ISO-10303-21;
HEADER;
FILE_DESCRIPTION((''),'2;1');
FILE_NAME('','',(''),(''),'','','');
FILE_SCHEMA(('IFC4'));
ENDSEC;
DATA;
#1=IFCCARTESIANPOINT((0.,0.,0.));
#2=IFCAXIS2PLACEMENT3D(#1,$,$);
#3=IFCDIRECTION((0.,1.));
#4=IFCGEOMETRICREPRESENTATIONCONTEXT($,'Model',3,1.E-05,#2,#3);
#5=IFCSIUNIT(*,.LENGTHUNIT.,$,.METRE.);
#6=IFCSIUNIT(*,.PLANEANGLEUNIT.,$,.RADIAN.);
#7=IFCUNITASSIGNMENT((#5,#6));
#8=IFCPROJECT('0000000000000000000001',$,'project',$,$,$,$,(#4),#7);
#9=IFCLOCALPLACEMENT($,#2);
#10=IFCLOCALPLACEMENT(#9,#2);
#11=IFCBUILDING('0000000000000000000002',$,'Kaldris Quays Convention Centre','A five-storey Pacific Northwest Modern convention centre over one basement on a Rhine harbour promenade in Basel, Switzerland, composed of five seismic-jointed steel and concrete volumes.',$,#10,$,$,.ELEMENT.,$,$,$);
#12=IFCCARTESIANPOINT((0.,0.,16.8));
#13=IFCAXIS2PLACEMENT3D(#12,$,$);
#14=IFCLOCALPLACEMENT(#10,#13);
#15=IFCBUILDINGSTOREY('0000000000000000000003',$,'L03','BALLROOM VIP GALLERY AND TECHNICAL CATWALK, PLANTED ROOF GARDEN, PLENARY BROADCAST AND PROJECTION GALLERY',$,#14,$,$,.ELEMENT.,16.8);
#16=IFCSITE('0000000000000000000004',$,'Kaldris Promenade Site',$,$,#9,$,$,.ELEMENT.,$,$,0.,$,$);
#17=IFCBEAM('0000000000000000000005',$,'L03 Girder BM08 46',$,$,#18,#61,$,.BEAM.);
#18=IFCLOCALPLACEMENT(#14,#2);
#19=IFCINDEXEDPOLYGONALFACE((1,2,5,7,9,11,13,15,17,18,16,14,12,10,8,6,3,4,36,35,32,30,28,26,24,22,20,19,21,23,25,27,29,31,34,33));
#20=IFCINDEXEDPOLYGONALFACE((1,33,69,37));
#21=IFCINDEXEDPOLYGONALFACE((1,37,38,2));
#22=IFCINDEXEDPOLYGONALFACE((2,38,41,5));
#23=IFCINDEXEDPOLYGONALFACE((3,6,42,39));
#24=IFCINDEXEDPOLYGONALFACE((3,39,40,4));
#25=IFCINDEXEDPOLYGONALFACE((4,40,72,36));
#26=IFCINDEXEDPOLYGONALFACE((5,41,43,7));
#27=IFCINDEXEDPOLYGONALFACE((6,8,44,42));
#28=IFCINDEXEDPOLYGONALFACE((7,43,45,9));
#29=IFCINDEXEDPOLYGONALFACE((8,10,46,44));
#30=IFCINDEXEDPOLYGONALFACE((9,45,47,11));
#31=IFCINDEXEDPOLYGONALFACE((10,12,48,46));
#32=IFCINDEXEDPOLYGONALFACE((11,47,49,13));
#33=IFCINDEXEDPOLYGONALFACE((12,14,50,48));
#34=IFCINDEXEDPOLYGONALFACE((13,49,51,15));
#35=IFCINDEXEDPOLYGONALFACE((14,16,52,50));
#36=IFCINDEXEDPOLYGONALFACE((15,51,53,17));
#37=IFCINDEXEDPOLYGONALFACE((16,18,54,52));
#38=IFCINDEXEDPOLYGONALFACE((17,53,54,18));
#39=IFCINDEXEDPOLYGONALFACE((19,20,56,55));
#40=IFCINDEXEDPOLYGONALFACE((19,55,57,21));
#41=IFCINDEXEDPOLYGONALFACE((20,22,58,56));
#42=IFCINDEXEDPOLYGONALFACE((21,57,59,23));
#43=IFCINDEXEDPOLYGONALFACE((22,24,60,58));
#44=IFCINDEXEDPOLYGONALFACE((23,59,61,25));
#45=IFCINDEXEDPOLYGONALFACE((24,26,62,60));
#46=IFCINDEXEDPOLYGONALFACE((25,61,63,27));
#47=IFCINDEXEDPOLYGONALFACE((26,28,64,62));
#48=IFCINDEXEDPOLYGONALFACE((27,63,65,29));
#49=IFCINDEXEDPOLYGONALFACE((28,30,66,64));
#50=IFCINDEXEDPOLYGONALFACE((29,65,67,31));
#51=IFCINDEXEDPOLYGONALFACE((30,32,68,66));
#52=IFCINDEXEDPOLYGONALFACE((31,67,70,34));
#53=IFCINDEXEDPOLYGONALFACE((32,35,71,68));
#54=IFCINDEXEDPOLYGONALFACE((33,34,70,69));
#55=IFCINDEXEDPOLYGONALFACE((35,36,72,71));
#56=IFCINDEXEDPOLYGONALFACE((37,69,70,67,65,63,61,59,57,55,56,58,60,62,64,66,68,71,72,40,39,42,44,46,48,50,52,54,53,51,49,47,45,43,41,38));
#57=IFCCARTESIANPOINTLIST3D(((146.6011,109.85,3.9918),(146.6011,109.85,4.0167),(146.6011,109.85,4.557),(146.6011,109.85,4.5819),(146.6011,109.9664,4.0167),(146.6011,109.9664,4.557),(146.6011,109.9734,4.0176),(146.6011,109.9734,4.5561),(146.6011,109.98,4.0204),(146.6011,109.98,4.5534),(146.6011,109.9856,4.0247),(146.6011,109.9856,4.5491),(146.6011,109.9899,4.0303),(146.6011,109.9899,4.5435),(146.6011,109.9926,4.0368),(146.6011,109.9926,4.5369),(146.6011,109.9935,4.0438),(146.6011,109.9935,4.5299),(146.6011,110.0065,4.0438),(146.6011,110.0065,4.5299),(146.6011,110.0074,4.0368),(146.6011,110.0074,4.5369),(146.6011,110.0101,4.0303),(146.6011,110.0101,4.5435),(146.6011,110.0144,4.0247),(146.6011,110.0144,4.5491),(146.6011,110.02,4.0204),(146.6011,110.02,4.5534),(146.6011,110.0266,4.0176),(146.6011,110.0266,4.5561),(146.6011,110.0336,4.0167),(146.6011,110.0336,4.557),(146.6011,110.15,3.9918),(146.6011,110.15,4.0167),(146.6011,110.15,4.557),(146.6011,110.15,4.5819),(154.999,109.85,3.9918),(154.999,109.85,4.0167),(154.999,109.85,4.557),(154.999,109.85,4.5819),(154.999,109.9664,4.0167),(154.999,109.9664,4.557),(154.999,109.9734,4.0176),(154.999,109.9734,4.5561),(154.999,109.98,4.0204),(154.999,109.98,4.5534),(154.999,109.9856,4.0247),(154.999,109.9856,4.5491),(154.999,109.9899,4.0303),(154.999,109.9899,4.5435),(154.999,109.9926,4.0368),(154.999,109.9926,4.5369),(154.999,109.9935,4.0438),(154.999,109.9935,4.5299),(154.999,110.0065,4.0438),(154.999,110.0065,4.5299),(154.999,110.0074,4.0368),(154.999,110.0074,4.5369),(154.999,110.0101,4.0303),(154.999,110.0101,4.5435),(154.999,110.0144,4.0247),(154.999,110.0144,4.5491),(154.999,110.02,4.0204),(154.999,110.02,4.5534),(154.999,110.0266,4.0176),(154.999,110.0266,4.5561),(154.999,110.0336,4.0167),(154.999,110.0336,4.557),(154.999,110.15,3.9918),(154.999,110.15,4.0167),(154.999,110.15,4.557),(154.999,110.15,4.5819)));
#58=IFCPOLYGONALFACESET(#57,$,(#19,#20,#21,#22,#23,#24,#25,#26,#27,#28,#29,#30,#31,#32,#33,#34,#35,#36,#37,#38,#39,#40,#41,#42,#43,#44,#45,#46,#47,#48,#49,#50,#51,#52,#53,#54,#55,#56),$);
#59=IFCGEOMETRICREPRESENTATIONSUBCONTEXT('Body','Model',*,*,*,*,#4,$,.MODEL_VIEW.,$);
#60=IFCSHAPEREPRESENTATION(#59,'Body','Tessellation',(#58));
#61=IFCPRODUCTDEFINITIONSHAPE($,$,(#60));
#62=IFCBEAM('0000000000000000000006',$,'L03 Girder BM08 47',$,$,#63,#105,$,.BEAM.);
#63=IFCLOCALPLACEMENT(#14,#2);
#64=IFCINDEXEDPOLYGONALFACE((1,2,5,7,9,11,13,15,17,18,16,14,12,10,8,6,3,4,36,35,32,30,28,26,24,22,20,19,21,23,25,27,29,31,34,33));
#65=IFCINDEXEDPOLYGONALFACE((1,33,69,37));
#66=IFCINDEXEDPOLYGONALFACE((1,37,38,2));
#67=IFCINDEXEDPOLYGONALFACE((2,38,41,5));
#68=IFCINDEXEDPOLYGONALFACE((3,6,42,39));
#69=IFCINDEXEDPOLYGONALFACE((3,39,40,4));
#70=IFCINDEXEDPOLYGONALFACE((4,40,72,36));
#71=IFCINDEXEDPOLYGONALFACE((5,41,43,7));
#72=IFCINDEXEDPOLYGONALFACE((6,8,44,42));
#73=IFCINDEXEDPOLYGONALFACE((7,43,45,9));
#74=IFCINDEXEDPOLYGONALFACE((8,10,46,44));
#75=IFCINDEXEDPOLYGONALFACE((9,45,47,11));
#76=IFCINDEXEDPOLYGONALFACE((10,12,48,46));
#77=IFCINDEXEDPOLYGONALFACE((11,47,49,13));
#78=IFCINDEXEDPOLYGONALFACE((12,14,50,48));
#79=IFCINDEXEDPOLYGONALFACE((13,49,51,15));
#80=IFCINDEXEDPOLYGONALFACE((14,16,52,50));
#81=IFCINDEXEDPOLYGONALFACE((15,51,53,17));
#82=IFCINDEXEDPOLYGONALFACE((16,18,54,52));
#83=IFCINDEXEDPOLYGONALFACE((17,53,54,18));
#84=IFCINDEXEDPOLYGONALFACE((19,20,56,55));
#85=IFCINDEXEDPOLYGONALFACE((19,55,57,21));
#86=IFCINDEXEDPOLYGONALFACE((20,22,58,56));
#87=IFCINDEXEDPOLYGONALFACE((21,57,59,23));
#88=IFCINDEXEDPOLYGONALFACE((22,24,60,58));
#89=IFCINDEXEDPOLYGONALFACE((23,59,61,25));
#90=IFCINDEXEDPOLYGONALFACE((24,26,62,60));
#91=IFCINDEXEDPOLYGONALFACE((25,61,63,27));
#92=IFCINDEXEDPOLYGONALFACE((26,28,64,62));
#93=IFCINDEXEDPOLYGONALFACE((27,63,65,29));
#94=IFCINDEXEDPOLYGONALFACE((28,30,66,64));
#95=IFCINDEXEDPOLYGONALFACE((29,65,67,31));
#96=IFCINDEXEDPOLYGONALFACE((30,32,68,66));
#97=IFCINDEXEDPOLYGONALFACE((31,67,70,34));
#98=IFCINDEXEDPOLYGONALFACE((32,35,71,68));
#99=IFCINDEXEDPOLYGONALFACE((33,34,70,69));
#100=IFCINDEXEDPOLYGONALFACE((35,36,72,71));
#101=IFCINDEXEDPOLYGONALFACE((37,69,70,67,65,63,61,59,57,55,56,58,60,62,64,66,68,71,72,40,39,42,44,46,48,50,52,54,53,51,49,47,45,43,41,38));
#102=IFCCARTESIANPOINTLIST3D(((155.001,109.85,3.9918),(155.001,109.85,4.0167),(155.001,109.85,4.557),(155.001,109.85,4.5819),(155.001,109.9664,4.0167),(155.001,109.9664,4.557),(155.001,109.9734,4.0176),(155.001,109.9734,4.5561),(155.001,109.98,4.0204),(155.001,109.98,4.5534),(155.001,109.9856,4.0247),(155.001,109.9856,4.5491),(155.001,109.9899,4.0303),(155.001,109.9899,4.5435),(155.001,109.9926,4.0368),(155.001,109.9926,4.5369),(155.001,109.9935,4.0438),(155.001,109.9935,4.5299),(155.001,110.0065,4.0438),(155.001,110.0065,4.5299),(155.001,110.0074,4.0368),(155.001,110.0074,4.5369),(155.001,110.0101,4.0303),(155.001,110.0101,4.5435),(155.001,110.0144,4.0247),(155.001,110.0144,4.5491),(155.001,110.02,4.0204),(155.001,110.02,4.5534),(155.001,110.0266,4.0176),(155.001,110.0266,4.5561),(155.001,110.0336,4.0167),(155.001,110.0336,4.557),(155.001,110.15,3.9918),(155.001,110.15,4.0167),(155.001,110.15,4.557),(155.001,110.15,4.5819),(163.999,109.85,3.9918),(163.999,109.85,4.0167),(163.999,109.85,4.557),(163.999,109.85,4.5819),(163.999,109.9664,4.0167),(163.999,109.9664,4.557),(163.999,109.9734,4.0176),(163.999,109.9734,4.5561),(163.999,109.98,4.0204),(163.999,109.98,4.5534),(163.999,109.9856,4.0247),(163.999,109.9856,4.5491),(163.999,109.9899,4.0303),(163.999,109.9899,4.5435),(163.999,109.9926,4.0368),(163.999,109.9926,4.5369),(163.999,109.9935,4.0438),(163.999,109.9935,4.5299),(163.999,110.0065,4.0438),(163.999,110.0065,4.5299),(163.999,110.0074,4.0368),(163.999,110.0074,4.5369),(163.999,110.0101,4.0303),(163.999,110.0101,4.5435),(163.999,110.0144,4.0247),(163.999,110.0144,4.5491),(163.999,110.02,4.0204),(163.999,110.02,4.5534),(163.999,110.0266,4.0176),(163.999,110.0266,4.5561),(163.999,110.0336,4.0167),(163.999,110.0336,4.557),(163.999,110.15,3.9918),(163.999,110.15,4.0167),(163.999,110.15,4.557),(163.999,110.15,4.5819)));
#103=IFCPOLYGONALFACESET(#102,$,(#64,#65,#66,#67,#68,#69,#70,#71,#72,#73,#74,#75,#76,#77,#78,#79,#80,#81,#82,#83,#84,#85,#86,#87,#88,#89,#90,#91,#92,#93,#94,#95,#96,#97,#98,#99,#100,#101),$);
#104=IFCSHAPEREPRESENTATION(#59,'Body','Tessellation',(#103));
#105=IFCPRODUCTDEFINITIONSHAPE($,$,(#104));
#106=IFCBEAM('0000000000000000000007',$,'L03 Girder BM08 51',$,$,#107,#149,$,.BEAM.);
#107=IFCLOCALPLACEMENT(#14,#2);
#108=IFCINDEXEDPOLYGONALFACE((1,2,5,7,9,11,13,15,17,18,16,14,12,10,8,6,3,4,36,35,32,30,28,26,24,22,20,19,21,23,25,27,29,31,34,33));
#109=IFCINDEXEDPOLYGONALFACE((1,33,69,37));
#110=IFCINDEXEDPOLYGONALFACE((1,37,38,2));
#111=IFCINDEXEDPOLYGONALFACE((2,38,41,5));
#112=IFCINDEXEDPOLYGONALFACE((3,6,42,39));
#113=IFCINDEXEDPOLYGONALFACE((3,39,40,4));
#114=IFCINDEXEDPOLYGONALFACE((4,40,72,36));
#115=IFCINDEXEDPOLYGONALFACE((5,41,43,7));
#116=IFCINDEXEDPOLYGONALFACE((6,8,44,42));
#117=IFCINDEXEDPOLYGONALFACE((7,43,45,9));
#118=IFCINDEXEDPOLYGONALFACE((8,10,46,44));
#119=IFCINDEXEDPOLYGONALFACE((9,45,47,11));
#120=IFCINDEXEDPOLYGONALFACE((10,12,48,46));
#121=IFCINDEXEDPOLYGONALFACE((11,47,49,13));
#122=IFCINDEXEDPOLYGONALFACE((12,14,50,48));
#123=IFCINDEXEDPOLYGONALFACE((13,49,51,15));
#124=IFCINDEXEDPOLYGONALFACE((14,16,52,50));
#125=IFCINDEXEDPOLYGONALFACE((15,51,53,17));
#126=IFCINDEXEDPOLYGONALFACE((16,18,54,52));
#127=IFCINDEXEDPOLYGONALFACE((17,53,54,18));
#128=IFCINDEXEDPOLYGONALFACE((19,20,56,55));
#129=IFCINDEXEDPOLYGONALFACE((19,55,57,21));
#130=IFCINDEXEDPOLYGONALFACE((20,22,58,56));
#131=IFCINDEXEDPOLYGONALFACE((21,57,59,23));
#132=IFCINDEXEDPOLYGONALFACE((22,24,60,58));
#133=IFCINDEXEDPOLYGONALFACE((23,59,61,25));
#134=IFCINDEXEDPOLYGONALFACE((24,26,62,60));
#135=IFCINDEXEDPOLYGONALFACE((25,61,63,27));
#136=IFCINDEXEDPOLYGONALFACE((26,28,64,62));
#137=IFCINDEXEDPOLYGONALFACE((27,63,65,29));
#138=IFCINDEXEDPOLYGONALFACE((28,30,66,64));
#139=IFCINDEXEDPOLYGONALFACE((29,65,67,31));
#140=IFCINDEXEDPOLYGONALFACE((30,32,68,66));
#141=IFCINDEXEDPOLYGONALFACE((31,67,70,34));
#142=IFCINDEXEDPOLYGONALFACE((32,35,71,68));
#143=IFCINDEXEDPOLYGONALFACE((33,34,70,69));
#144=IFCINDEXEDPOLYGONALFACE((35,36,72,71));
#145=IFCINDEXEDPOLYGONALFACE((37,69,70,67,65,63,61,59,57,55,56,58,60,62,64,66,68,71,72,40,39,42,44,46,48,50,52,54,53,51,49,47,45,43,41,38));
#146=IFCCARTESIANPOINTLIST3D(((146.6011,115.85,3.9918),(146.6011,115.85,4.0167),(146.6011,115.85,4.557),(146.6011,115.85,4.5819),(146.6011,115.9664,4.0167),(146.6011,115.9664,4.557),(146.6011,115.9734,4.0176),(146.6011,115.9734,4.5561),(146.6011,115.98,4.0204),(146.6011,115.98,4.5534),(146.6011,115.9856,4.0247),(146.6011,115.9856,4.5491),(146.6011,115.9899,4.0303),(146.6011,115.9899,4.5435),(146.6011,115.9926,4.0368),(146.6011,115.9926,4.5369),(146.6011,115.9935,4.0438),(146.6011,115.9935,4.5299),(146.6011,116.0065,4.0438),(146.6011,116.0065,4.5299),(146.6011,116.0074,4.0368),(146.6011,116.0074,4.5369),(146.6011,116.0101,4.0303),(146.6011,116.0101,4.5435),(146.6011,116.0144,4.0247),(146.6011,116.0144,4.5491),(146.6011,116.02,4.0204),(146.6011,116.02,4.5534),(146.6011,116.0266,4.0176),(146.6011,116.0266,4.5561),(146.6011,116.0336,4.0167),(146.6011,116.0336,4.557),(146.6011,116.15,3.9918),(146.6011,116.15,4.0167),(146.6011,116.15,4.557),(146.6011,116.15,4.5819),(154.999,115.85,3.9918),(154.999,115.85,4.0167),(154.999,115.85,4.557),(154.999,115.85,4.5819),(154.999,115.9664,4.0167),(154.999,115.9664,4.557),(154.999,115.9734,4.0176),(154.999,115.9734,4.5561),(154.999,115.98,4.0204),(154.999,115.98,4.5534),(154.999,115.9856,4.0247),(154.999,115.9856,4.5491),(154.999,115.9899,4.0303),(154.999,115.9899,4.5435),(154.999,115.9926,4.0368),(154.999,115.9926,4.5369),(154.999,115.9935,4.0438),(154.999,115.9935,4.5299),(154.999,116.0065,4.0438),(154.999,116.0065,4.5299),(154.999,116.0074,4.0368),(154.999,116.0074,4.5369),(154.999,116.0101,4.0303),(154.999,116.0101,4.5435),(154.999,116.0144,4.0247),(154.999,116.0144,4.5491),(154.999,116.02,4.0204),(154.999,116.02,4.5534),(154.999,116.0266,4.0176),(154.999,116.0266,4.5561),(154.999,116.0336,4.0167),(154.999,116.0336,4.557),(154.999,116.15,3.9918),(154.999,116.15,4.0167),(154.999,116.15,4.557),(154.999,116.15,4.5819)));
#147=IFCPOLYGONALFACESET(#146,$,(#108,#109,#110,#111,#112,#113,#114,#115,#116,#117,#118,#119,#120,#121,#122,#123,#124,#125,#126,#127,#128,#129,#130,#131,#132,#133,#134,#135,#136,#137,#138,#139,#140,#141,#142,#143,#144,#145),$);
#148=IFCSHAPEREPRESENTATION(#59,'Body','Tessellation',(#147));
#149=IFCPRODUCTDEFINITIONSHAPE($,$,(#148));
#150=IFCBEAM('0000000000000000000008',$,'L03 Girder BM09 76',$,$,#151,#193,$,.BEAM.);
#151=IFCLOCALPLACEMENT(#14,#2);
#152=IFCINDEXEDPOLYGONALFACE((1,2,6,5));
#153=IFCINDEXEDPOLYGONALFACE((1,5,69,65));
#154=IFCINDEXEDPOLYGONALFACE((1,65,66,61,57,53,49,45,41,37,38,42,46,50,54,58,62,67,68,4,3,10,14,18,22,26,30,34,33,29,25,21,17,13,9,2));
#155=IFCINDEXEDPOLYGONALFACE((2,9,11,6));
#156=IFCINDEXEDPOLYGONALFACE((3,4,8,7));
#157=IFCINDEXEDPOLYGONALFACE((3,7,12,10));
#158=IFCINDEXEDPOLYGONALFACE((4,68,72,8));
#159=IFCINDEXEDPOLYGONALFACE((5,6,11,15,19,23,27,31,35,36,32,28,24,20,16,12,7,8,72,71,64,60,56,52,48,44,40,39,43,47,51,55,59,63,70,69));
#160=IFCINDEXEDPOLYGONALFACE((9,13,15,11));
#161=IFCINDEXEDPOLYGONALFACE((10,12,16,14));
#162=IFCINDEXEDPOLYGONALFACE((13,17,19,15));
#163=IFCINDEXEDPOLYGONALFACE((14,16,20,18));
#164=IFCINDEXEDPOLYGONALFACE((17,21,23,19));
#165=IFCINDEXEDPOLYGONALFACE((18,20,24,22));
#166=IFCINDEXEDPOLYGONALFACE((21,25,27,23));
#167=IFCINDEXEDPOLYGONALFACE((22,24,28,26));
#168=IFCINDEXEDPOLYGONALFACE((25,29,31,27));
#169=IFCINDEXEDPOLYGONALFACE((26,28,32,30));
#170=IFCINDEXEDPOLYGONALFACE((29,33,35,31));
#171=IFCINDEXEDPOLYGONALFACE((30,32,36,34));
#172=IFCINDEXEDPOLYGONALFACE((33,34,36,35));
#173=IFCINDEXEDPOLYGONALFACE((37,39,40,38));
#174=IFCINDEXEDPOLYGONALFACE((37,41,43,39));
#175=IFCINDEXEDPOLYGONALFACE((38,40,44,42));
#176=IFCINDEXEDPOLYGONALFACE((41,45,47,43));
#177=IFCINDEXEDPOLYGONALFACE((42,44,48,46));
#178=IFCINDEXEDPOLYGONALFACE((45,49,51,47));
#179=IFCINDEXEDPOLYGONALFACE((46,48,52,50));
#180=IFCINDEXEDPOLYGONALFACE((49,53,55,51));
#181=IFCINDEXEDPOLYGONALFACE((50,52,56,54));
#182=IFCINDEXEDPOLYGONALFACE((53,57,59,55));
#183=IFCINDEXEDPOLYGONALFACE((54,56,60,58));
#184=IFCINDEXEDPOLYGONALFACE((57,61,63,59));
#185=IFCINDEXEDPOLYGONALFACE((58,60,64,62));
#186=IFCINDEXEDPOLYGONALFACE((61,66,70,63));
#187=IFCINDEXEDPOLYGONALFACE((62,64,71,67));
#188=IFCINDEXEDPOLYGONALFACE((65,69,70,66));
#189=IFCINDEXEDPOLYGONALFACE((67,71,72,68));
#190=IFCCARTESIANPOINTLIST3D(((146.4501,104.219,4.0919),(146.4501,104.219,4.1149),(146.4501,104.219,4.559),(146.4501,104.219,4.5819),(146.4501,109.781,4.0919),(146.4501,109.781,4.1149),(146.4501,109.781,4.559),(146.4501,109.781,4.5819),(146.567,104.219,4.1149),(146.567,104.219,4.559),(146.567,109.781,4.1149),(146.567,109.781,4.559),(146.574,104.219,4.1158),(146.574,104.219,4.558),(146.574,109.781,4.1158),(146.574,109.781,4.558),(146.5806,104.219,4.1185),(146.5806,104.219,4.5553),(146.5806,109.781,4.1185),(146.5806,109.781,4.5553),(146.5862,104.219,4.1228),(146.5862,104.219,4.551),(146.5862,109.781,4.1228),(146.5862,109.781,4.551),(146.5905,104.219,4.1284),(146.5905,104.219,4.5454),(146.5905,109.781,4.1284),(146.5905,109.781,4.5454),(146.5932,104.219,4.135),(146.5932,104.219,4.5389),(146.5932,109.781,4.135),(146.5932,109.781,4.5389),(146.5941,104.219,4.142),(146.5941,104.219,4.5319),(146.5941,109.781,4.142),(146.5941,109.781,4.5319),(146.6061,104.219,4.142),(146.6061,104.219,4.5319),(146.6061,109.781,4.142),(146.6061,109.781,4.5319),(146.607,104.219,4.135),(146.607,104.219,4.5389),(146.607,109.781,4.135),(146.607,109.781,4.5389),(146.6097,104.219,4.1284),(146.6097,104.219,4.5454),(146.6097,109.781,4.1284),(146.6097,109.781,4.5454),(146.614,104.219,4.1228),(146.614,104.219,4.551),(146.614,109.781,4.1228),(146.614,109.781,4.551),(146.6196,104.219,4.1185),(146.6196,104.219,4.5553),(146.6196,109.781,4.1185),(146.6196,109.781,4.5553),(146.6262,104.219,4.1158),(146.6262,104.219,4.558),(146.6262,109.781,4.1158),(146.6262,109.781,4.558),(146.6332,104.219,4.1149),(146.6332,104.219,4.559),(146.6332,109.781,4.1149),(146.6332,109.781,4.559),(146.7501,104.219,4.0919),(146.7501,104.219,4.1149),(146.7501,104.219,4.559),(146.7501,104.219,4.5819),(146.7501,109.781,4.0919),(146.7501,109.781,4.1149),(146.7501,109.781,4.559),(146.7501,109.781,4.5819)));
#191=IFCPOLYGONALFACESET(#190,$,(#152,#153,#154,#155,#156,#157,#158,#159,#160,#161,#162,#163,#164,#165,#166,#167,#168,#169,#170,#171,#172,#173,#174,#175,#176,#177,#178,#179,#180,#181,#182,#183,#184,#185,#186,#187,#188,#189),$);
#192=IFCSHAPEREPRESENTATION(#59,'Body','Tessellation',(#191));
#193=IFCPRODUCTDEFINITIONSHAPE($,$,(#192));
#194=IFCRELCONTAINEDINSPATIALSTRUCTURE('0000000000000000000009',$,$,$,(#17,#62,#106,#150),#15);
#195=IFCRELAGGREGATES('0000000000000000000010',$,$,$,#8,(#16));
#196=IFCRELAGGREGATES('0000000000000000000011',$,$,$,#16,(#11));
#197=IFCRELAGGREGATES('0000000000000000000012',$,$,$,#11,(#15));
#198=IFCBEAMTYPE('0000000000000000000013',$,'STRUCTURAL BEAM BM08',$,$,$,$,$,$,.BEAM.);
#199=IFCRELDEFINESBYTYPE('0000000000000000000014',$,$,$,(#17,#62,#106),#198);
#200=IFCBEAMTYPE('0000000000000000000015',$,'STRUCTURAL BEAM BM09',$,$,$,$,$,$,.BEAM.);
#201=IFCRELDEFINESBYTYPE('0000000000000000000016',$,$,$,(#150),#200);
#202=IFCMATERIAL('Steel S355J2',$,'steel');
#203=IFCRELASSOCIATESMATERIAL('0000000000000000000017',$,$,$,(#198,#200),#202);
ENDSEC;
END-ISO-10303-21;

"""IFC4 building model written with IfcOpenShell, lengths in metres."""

from ifc_helpers import new_model, si_unit, direction, frame, origin, origin_2d, place, context, subcontext, project, spatial, i_section, extrude, material, material_profile, profile_set, type_object, element, save


model = new_model("IFC4")

# Units and contexts
model_context = context("Model", 3, precision=1e-05, world=origin(), true_north=direction((0.0, 1.0)))
body_context = subcontext(model_context, "Body", "Model", "MODEL_VIEW")
ifc_project = project(units=[si_unit("LENGTHUNIT", "METRE"), si_unit("PLANEANGLEUNIT", "RADIAN")], contexts=[model_context])

# Site, building, storey
site_placement = place(None, origin())
site = spatial("IfcSite", under=ifc_project, at=site_placement, Name="Kaldris Promenade Site", CompositionType="ELEMENT", RefElevation=0.0)
building_placement = place(site_placement, origin())
building = spatial("IfcBuilding", under=site, at=building_placement, Name="Kaldris Quays Convention Centre", Description="A five-storey Pacific Northwest Modern convention centre over one basement on a Rhine harbour promenade in Basel, Switzerland, composed of five seismic-jointed steel and concrete volumes.", CompositionType="ELEMENT")
storey_placement = place(building_placement, frame((0.0, 0.0, 16.8)))
storey = spatial("IfcBuildingStorey", under=building, at=storey_placement, Name="L03", Description="BALLROOM VIP GALLERY AND TECHNICAL CATWALK, PLANTED ROOF GARDEN, PLENARY BROADCAST AND PROJECTION GALLERY", CompositionType="ELEMENT", Elevation=16.8)

# Shared definitions
ifc_material_1 = material(Name="Steel S355J2", Category="steel")

# Beams
ifc_material_profile_1 = material_profile(ifc_material_1, i_section(OverallWidth=0.3, OverallDepth=0.5901, WebThickness=0.0129, FlangeThickness=0.0249, FilletRadius=0.0271, at=origin_2d()), Name="HEA 600")
ifc_profile_set_1 = profile_set([ifc_material_profile_1], Name="Steel S355J2")
beam_type_1 = type_object("IfcBeamType", Name="STRUCTURAL BEAM BM08", PredefinedType="BEAM", material=ifc_profile_set_1)
beam_1_placement = place(storey_placement, frame((146.6011, 110.0, 4.2869), z_axis=(1.0, 0.0, 0.0), x_axis=(0.0, 1.0, 0.0)))
element("IfcBeam", 1, at=beam_1_placement, inside=storey, type_object=beam_type_1, Name="L03 Girder BM08 46", PredefinedType="BEAM", context=body_context, shape_type="SweptSolid", body=[
    extrude(i_section(OverallWidth=0.3, OverallDepth=0.5901, WebThickness=0.0129, FlangeThickness=0.0249, FilletRadius=0.0271, at=origin_2d()), origin(), (0.0, 0.0, 1.0), 8.3979),
])
beam_2_placement = place(storey_placement, frame((155.001, 110.0, 4.2869), z_axis=(1.0, 0.0, 0.0), x_axis=(0.0, 1.0, 0.0)))
element("IfcBeam", 2, at=beam_2_placement, inside=storey, type_object=beam_type_1, Name="L03 Girder BM08 47", PredefinedType="BEAM", context=body_context, shape_type="SweptSolid", body=[
    extrude(i_section(OverallWidth=0.3, OverallDepth=0.5901, WebThickness=0.0129, FlangeThickness=0.0249, FilletRadius=0.0271, at=origin_2d()), origin(), (0.0, 0.0, 1.0), 8.998),
])
beam_3_placement = place(storey_placement, frame((146.6011, 116.0, 4.2869), z_axis=(1.0, 0.0, 0.0), x_axis=(0.0, 1.0, 0.0)))
element("IfcBeam", 3, at=beam_3_placement, inside=storey, type_object=beam_type_1, Name="L03 Girder BM08 51", PredefinedType="BEAM", context=body_context, shape_type="SweptSolid", body=[
    extrude(i_section(OverallWidth=0.3, OverallDepth=0.5901, WebThickness=0.0129, FlangeThickness=0.0249, FilletRadius=0.0271, at=origin_2d()), origin(), (0.0, 0.0, 1.0), 8.3979),
])
ifc_material_profile_2 = material_profile(ifc_material_1, i_section(OverallWidth=0.3, OverallDepth=0.49, WebThickness=0.012, FlangeThickness=0.0229, FilletRadius=0.0271, at=origin_2d()), Name="HEA 500")
ifc_profile_set_2 = profile_set([ifc_material_profile_2], Name="Steel S355J2")
beam_type_2 = type_object("IfcBeamType", Name="STRUCTURAL BEAM BM09", PredefinedType="BEAM", material=ifc_profile_set_2)
for number, where, z_axis, x_axis, name in (
    (4, (146.6001, 104.219, 4.3369), (0.0, 1.0, 0.0), (-1.0, 0.0, 0.0), "L03 Girder BM09 76"),
):
    element("IfcBeam", number, at=place(storey_placement, frame(where, z_axis=z_axis, x_axis=x_axis)), inside=storey, type_object=beam_type_2, Name=name, PredefinedType="BEAM", context=body_context, shape_type="SweptSolid", body=[
        extrude(i_section(OverallWidth=0.3, OverallDepth=0.49, WebThickness=0.012, FlangeThickness=0.0229, FilletRadius=0.0271, at=origin_2d()), origin(), (0.0, 0.0, 1.0), 5.562),
    ])

save(model, "model.ifc")
